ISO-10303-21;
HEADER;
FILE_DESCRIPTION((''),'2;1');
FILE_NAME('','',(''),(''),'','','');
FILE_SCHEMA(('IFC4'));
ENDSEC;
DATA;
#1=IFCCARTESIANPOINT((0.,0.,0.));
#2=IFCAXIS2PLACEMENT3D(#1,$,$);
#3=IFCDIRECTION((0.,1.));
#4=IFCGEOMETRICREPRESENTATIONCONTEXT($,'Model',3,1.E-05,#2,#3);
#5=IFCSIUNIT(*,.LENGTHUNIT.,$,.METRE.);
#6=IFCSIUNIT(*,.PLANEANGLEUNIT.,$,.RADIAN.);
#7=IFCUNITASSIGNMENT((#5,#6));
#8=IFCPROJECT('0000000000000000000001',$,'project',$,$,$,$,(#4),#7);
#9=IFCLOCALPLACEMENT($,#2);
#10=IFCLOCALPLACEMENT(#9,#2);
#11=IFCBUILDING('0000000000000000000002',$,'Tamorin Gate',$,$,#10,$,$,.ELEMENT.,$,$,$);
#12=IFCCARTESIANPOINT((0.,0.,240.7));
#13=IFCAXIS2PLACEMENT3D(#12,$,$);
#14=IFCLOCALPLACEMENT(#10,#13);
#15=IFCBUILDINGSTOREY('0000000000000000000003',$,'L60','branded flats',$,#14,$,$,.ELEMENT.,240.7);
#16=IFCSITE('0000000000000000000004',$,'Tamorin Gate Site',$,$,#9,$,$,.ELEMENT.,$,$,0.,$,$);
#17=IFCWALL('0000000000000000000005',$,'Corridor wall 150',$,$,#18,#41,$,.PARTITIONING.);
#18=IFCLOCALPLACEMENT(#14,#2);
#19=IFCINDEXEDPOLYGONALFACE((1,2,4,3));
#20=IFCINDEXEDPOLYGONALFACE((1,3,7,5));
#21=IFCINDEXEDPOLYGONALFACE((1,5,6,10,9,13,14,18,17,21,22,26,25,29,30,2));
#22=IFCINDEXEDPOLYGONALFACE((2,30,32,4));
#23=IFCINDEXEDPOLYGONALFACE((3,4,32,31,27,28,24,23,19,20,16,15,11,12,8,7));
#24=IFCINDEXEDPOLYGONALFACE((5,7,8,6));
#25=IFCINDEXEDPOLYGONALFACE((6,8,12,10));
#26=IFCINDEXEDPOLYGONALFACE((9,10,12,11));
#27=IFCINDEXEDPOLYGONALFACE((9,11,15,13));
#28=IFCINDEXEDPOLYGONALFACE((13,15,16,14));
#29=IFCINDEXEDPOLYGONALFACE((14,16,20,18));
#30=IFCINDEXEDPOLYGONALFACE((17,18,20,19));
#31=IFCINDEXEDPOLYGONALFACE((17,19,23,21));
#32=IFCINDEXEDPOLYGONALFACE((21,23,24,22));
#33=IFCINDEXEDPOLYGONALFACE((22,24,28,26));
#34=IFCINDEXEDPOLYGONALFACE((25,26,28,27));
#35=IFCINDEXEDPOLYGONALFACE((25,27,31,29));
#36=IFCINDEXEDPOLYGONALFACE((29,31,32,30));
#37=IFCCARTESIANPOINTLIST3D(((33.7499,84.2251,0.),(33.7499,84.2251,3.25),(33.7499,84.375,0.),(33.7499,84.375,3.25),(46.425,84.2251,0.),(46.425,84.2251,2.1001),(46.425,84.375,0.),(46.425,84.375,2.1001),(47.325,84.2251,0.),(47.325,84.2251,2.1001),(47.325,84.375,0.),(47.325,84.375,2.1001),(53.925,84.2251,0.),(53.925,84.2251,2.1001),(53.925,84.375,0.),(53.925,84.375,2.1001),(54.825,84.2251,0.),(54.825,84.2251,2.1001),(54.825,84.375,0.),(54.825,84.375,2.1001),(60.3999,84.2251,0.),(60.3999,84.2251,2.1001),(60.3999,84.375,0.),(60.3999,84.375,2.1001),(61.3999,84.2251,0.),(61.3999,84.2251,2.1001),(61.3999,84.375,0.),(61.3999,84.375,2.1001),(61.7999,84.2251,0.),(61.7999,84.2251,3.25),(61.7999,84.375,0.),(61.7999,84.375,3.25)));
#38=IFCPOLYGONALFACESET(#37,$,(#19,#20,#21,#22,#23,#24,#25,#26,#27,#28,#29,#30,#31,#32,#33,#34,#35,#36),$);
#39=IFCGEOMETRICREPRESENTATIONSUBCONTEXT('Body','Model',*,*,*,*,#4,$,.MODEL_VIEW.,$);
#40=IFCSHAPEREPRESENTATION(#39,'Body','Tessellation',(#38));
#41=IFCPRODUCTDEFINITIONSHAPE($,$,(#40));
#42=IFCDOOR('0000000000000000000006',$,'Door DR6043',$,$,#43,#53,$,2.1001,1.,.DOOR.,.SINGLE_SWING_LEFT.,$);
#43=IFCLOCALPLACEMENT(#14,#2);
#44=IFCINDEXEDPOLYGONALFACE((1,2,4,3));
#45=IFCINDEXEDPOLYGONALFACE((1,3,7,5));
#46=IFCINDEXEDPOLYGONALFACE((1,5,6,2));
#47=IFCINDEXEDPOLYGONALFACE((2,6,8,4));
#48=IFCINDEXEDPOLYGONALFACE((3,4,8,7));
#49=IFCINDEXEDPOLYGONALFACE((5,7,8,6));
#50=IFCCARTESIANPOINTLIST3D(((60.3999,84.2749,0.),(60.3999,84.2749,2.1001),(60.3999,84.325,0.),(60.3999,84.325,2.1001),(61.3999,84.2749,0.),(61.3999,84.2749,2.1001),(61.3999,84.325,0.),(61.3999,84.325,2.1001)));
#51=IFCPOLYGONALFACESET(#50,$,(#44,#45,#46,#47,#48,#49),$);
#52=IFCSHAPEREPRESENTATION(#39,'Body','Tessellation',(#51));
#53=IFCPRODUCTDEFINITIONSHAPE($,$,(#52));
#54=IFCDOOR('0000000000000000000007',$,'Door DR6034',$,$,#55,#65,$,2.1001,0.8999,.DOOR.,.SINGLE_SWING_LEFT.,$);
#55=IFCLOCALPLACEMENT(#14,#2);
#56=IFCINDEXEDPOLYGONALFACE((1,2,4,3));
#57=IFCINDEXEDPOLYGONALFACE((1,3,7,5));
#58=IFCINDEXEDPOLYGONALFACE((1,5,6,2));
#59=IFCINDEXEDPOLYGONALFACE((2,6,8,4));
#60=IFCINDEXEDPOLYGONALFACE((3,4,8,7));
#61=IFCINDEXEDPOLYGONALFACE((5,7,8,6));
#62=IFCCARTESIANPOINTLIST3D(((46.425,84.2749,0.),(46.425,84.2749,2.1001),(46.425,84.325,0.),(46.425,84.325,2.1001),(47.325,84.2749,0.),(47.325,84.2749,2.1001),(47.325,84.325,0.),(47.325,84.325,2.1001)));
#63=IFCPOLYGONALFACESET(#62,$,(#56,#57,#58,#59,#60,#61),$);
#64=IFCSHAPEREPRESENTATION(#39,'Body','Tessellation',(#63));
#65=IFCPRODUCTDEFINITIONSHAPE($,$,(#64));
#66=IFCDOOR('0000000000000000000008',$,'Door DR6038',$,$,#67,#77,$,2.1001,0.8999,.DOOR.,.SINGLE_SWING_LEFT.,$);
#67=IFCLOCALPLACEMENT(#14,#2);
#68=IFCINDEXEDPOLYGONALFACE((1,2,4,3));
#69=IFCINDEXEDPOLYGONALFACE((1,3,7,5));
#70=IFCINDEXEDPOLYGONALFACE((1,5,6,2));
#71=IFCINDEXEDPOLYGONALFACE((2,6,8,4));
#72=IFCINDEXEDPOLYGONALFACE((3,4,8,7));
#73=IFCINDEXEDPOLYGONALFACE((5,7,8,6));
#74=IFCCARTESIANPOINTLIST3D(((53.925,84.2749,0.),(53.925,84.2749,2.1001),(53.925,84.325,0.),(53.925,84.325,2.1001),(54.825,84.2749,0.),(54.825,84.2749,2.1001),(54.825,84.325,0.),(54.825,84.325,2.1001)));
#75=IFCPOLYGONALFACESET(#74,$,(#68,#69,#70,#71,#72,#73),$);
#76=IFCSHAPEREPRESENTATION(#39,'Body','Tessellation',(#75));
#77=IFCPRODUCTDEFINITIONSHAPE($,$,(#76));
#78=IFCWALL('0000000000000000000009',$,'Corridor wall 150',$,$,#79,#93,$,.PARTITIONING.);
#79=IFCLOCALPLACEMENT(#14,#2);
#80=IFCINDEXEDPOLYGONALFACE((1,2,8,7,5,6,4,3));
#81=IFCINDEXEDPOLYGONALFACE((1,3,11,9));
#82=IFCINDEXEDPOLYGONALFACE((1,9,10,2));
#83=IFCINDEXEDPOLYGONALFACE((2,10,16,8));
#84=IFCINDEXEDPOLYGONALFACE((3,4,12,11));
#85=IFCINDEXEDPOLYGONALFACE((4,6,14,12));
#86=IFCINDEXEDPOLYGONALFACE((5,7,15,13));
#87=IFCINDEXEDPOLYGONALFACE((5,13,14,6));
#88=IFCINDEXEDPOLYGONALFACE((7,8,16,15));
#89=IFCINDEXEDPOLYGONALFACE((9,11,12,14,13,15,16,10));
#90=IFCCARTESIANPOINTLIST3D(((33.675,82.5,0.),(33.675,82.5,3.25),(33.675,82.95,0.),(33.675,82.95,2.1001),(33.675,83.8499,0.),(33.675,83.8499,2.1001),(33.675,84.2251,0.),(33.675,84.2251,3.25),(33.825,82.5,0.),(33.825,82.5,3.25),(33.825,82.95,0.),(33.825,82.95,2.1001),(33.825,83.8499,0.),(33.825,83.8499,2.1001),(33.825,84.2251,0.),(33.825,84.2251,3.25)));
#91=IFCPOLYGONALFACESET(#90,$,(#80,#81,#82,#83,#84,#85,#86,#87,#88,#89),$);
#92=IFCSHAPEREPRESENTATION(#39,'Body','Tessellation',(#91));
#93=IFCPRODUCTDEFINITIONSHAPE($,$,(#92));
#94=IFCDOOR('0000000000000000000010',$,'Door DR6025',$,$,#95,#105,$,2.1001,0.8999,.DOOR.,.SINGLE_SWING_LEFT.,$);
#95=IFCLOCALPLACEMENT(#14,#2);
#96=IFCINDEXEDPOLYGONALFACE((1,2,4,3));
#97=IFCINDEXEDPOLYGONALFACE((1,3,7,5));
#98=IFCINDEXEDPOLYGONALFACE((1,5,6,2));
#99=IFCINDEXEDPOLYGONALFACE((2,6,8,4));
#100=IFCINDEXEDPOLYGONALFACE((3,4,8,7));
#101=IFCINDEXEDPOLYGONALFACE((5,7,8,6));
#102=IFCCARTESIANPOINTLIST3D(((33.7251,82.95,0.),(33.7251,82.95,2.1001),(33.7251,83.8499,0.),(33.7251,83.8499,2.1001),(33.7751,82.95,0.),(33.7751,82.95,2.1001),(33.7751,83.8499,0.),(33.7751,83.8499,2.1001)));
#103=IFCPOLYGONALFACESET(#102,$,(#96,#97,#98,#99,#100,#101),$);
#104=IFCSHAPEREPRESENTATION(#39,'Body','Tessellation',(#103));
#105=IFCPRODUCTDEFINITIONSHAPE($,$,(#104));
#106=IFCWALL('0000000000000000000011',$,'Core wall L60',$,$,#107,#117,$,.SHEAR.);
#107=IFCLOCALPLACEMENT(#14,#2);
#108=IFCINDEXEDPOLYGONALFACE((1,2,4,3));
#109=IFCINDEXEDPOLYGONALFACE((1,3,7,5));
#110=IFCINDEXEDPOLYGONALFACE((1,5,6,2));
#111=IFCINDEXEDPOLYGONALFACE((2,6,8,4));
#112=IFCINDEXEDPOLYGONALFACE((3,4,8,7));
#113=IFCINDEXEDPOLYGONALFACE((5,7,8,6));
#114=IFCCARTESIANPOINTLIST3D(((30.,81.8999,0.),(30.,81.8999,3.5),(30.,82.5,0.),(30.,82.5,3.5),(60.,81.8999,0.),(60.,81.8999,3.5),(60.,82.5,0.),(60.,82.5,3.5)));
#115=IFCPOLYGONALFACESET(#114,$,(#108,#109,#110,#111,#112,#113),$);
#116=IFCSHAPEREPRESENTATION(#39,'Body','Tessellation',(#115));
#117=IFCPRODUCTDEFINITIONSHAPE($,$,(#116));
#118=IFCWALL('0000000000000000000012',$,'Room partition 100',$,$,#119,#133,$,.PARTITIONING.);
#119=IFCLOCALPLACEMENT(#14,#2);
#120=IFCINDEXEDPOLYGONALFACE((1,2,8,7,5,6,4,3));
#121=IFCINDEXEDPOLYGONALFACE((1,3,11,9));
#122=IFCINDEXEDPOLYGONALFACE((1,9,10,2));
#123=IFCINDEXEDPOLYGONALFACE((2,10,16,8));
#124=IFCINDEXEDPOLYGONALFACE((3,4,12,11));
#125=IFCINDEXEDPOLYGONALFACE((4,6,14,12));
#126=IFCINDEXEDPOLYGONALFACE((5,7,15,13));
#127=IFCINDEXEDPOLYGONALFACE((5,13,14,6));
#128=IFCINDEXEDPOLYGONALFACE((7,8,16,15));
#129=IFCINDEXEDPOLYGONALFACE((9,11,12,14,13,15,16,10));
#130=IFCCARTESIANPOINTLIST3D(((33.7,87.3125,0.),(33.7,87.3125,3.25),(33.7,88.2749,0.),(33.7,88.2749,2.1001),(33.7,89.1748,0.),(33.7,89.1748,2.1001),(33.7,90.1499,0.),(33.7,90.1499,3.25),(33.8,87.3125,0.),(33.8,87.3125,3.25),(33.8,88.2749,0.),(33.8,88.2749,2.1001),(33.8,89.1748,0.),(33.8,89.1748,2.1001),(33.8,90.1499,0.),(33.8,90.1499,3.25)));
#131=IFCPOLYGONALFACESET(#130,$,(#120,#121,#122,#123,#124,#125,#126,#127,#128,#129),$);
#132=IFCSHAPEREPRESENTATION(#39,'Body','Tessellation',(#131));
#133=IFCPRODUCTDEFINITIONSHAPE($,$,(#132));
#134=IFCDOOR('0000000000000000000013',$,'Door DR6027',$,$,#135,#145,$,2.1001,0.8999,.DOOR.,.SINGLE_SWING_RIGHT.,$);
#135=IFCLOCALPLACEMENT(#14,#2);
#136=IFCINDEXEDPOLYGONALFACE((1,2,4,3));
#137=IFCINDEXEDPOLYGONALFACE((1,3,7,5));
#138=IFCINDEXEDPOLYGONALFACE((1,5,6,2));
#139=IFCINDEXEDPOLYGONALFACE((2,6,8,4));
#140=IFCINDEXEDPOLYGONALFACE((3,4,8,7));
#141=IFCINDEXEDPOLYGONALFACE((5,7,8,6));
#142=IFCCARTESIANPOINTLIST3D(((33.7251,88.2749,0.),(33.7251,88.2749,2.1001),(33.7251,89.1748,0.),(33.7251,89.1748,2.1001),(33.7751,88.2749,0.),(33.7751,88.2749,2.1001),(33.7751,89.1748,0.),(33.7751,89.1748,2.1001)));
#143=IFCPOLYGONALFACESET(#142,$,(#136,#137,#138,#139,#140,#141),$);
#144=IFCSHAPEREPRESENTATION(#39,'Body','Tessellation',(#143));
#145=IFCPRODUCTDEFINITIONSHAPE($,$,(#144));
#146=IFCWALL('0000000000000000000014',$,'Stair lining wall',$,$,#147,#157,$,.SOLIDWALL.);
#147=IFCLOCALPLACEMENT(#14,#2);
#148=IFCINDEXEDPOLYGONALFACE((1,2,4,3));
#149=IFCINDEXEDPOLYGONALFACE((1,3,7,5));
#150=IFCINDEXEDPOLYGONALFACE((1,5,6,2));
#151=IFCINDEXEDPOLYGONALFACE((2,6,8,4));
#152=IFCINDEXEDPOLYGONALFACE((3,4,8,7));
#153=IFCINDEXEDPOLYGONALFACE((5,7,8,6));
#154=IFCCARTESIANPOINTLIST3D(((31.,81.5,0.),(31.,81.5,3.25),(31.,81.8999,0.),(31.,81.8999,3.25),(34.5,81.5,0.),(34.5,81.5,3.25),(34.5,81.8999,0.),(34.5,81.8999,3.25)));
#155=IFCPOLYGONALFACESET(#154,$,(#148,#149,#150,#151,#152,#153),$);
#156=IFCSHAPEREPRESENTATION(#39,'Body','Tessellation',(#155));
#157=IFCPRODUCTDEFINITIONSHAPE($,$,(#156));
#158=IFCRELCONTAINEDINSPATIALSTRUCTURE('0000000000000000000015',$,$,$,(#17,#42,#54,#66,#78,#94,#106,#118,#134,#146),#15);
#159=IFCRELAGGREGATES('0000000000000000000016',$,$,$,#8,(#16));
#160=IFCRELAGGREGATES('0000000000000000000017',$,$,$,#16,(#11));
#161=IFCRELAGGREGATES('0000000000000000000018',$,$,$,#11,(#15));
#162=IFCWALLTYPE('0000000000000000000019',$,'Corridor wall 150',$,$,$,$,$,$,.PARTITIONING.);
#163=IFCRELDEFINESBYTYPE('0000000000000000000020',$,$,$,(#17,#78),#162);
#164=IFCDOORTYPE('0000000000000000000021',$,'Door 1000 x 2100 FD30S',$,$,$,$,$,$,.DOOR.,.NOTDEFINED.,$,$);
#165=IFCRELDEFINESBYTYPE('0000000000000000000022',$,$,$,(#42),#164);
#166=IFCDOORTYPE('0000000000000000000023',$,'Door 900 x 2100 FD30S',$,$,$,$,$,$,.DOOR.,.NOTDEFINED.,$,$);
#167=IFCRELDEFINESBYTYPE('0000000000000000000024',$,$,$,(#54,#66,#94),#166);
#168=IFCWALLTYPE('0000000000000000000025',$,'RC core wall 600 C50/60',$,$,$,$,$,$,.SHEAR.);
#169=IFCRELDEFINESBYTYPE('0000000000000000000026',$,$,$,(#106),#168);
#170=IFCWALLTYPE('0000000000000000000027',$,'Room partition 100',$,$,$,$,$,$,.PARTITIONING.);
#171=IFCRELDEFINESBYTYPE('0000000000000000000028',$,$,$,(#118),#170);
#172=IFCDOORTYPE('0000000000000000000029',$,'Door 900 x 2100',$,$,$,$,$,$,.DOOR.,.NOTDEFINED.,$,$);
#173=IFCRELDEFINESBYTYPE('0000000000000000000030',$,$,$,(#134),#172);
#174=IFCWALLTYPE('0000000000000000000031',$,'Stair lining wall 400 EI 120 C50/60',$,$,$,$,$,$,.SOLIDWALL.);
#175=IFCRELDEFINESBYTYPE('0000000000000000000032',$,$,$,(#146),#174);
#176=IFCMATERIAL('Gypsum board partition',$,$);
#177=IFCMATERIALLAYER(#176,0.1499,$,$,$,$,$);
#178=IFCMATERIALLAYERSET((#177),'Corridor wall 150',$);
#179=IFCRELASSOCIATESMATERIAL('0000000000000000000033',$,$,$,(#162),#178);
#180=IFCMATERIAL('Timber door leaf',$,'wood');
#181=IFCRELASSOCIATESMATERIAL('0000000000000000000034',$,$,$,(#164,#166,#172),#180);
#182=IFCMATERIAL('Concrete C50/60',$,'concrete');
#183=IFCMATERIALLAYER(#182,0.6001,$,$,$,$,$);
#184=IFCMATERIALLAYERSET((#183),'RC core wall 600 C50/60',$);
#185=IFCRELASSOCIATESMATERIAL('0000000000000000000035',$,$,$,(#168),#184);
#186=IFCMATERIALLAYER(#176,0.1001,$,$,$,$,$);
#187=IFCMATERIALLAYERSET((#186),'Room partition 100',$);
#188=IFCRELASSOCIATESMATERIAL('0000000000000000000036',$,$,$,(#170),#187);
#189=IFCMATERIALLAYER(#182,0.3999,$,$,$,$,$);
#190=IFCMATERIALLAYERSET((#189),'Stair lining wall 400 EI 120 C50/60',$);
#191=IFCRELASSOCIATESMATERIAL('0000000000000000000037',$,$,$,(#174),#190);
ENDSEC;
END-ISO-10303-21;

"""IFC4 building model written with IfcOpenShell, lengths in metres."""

from ifc_helpers import new_model, si_unit, direction, frame, frame_2d, origin, place, context, subcontext, project, spatial, rectangle, extrude, material, layer, layer_set, type_object, element, fill, save


model = new_model("IFC4")

# Units and contexts
model_context = context("Model", 3, precision=1e-05, world=origin(), true_north=direction((0.0, 1.0)))
body_context = subcontext(model_context, "Body", "Model", "MODEL_VIEW")
ifc_project = project(units=[si_unit("LENGTHUNIT", "METRE"), si_unit("PLANEANGLEUNIT", "RADIAN")], contexts=[model_context])

# Site, building, storey
site_placement = place(None, origin())
site = spatial("IfcSite", under=ifc_project, at=site_placement, Name="Tamorin Gate Site", CompositionType="ELEMENT", RefElevation=0.0)
building_placement = place(site_placement, origin())
building = spatial("IfcBuilding", under=site, at=building_placement, Name="Tamorin Gate", CompositionType="ELEMENT")
storey_placement = place(building_placement, frame((0.0, 0.0, 240.7)))
storey = spatial("IfcBuildingStorey", under=building, at=storey_placement, Name="L60", Description="branded flats", CompositionType="ELEMENT", Elevation=240.7)

# Wall, openings, doors
ifc_material_1 = material(Name="Gypsum board partition")
ifc_layer_1 = layer(ifc_material_1, 0.1499)
ifc_layer_set_1 = layer_set([ifc_layer_1], Name="Corridor wall 150")
wall_type_1 = type_object("IfcWallType", Name="Corridor wall 150", PredefinedType="PARTITIONING", material=ifc_layer_set_1)
wall_1_placement = place(storey_placement, frame((33.75, 84.3, 0.0), z_axis=(0.0, 0.0, 1.0), x_axis=(1.0, 0.0, 0.0)))
wall_1 = element("IfcWall", 1, at=wall_1_placement, inside=storey, type_object=wall_type_1, Name="Corridor wall 150", PredefinedType="PARTITIONING", context=body_context, shape_type="SweptSolid", body=[
    extrude(rectangle(XDim=28.05, YDim=0.1499, at=frame_2d((14.0249, 0.0))), origin(), (0.0, 0.0, 1.0), 3.25),
])
opening_1_placement = place(wall_1_placement, frame((12.675, 0.0, 0.0)))
opening_1 = element("IfcOpeningElement", 2, at=opening_1_placement, cuts=wall_1, PredefinedType="OPENING", context=body_context, shape_type="SweptSolid", body=[
    extrude(rectangle(XDim=0.8999, YDim=2.1001, at=frame_2d((0.45, 1.05))), frame((0.0, 0.085, 0.0), z_axis=(0.0, -1.0, 0.0), x_axis=(1.0, 0.0, 0.0)), (0.0, 0.0, 1.0), 0.1699),
])
opening_2_placement = place(wall_1_placement, frame((20.175, 0.0, 0.0)))
opening_2 = element("IfcOpeningElement", 3, at=opening_2_placement, cuts=wall_1, PredefinedType="OPENING", context=body_context, shape_type="SweptSolid", body=[
    extrude(rectangle(XDim=0.8999, YDim=2.1001, at=frame_2d((0.45, 1.05))), frame((0.0, 0.085, 0.0), z_axis=(0.0, -1.0, 0.0), x_axis=(1.0, 0.0, 0.0)), (0.0, 0.0, 1.0), 0.1699),
])
opening_3_placement = place(wall_1_placement, frame((26.6499, 0.0, 0.0)))
opening_3 = element("IfcOpeningElement", 4, at=opening_3_placement, cuts=wall_1, PredefinedType="OPENING", context=body_context, shape_type="SweptSolid", body=[
    extrude(rectangle(XDim=1.0, YDim=2.1001, at=frame_2d((0.5, 1.05))), frame((0.0, 0.085, 0.0), z_axis=(0.0, -1.0, 0.0), x_axis=(1.0, 0.0, 0.0)), (0.0, 0.0, 1.0), 0.1699),
])
ifc_material_2 = material(Name="Timber door leaf", Category="wood")
door_type_1 = type_object("IfcDoorType", Name="Door 1000 x 2100 FD30S", OperationType="NOTDEFINED", PredefinedType="DOOR", material=ifc_material_2)
door_1_placement = place(opening_3_placement, origin())
door_1 = element("IfcDoor", 5, at=door_1_placement, inside=storey, type_object=door_type_1, Name="Door DR6043", OperationType="SINGLE_SWING_LEFT", OverallHeight=2.1001, OverallWidth=1.0, PredefinedType="DOOR", context=body_context, shape_type="SweptSolid", body=[
    extrude(rectangle(XDim=1.0, YDim=2.1001, at=frame_2d((0.5, 1.05))), frame((0.0, 0.0249, 0.0), z_axis=(0.0, -1.0, 0.0), x_axis=(1.0, 0.0, 0.0)), (0.0, 0.0, 1.0), 0.05),
])
fill(opening_3, door_1)
door_type_2 = type_object("IfcDoorType", Name="Door 900 x 2100 FD30S", OperationType="NOTDEFINED", PredefinedType="DOOR", material=ifc_material_2)
door_2_placement = place(opening_1_placement, origin())
door_2 = element("IfcDoor", 6, at=door_2_placement, inside=storey, type_object=door_type_2, Name="Door DR6034", OperationType="SINGLE_SWING_LEFT", OverallHeight=2.1001, OverallWidth=0.8999, PredefinedType="DOOR", context=body_context, shape_type="SweptSolid", body=[
    extrude(rectangle(XDim=0.8999, YDim=2.1001, at=frame_2d((0.45, 1.05))), frame((0.0, 0.0249, 0.0), z_axis=(0.0, -1.0, 0.0), x_axis=(1.0, 0.0, 0.0)), (0.0, 0.0, 1.0), 0.05),
])
fill(opening_1, door_2)
door_3_placement = place(opening_2_placement, origin())
door_3 = element("IfcDoor", 7, at=door_3_placement, inside=storey, type_object=door_type_2, Name="Door DR6038", OperationType="SINGLE_SWING_LEFT", OverallHeight=2.1001, OverallWidth=0.8999, PredefinedType="DOOR", context=body_context, shape_type="SweptSolid", body=[
    extrude(rectangle(XDim=0.8999, YDim=2.1001, at=frame_2d((0.45, 1.05))), frame((0.0, 0.0249, 0.0), z_axis=(0.0, -1.0, 0.0), x_axis=(1.0, 0.0, 0.0)), (0.0, 0.0, 1.0), 0.05),
])
fill(opening_2, door_3)

# Wall, opening, door
wall_2_placement = place(storey_placement, frame((33.75, 82.5, 0.0), z_axis=(0.0, 0.0, 1.0), x_axis=(0.0, 1.0, 0.0)))
wall_2 = element("IfcWall", 8, at=wall_2_placement, inside=storey, type_object=wall_type_1, Name="Corridor wall 150", PredefinedType="PARTITIONING", context=body_context, shape_type="SweptSolid", body=[
    extrude(rectangle(XDim=1.7251, YDim=0.1499, at=frame_2d((0.8625, 0.0))), origin(), (0.0, 0.0, 1.0), 3.25),
])
opening_4_placement = place(wall_2_placement, frame((0.45, 0.0, 0.0)))
opening_4 = element("IfcOpeningElement", 9, at=opening_4_placement, cuts=wall_2, PredefinedType="OPENING", context=body_context, shape_type="SweptSolid", body=[
    extrude(rectangle(XDim=0.8999, YDim=2.1001, at=frame_2d((0.45, 1.05))), frame((0.0, 0.085, 0.0), z_axis=(0.0, -1.0, 0.0), x_axis=(1.0, 0.0, 0.0)), (0.0, 0.0, 1.0), 0.1699),
])
door_4_placement = place(opening_4_placement, origin())
door_4 = element("IfcDoor", 10, at=door_4_placement, inside=storey, type_object=door_type_2, Name="Door DR6025", OperationType="SINGLE_SWING_LEFT", OverallHeight=2.1001, OverallWidth=0.8999, PredefinedType="DOOR", context=body_context, shape_type="SweptSolid", body=[
    extrude(rectangle(XDim=0.8999, YDim=2.1001, at=frame_2d((0.45, 1.05))), frame((0.0, 0.0249, 0.0), z_axis=(0.0, -1.0, 0.0), x_axis=(1.0, 0.0, 0.0)), (0.0, 0.0, 1.0), 0.05),
])
fill(opening_4, door_4)

# Wall
ifc_material_3 = material(Name="Concrete C50/60", Category="concrete")
ifc_layer_2 = layer(ifc_material_3, 0.6001)
ifc_layer_set_2 = layer_set([ifc_layer_2], Name="RC core wall 600 C50/60")
wall_type_2 = type_object("IfcWallType", Name="RC core wall 600 C50/60", PredefinedType="SHEAR", material=ifc_layer_set_2)
wall_3_placement = place(storey_placement, frame((30.0, 82.2, 0.0), z_axis=(0.0, 0.0, 1.0), x_axis=(1.0, 0.0, 0.0)))
element("IfcWall", 11, at=wall_3_placement, inside=storey, type_object=wall_type_2, Name="Core wall L60", PredefinedType="SHEAR", context=body_context, shape_type="SweptSolid", body=[
    extrude(rectangle(XDim=30.0, YDim=0.6001, at=frame_2d((15.0, 0.0))), origin(), (0.0, 0.0, 1.0), 3.5),
])

# Wall, opening, door
ifc_layer_3 = layer(ifc_material_1, 0.1001)
ifc_layer_set_3 = layer_set([ifc_layer_3], Name="Room partition 100")
wall_type_3 = type_object("IfcWallType", Name="Room partition 100", PredefinedType="PARTITIONING", material=ifc_layer_set_3)
wall_4_placement = place(storey_placement, frame((33.75, 87.3125, 0.0), z_axis=(0.0, 0.0, 1.0), x_axis=(0.0, 1.0, 0.0)))
wall_4 = element("IfcWall", 12, at=wall_4_placement, inside=storey, type_object=wall_type_3, Name="Room partition 100", PredefinedType="PARTITIONING", context=body_context, shape_type="SweptSolid", body=[
    extrude(rectangle(XDim=2.8374, YDim=0.1001, at=frame_2d((1.4187, 0.0))), origin(), (0.0, 0.0, 1.0), 3.25),
])
opening_5_placement = place(wall_4_placement, frame((0.9624, 0.0, 0.0)))
opening_5 = element("IfcOpeningElement", 13, at=opening_5_placement, cuts=wall_4, PredefinedType="OPENING", context=body_context, shape_type="SweptSolid", body=[
    extrude(rectangle(XDim=0.8999, YDim=2.1001, at=frame_2d((0.45, 1.05))), frame((0.0, 0.0601, 0.0), z_axis=(0.0, -1.0, 0.0), x_axis=(1.0, 0.0, 0.0)), (0.0, 0.0, 1.0), 0.1201),
])
door_type_3 = type_object("IfcDoorType", Name="Door 900 x 2100", OperationType="NOTDEFINED", PredefinedType="DOOR", material=ifc_material_2)
door_5_placement = place(opening_5_placement, origin())
door_5 = element("IfcDoor", 14, at=door_5_placement, inside=storey, type_object=door_type_3, Name="Door DR6027", OperationType="SINGLE_SWING_RIGHT", OverallHeight=2.1001, OverallWidth=0.8999, PredefinedType="DOOR", context=body_context, shape_type="SweptSolid", body=[
    extrude(rectangle(XDim=0.8999, YDim=2.1001, at=frame_2d((0.45, 1.05))), frame((0.0, 0.0249, 0.0), z_axis=(0.0, -1.0, 0.0), x_axis=(1.0, 0.0, 0.0)), (0.0, 0.0, 1.0), 0.05),
])
fill(opening_5, door_5)

# Wall
ifc_layer_4 = layer(ifc_material_3, 0.3999)
ifc_layer_set_4 = layer_set([ifc_layer_4], Name="Stair lining wall 400 EI 120 C50/60")
wall_type_4 = type_object("IfcWallType", Name="Stair lining wall 400 EI 120 C50/60", PredefinedType="SOLIDWALL", material=ifc_layer_set_4)
wall_5_placement = place(storey_placement, frame((31.0, 81.7, 0.0), z_axis=(0.0, 0.0, 1.0), x_axis=(1.0, 0.0, 0.0)))
element("IfcWall", 15, at=wall_5_placement, inside=storey, type_object=wall_type_4, Name="Stair lining wall", PredefinedType="SOLIDWALL", context=body_context, shape_type="SweptSolid", body=[
    extrude(rectangle(XDim=3.5, YDim=0.3999, at=frame_2d((1.75, 0.0))), origin(), (0.0, 0.0, 1.0), 3.25),
])

save(model, "model.ifc")
